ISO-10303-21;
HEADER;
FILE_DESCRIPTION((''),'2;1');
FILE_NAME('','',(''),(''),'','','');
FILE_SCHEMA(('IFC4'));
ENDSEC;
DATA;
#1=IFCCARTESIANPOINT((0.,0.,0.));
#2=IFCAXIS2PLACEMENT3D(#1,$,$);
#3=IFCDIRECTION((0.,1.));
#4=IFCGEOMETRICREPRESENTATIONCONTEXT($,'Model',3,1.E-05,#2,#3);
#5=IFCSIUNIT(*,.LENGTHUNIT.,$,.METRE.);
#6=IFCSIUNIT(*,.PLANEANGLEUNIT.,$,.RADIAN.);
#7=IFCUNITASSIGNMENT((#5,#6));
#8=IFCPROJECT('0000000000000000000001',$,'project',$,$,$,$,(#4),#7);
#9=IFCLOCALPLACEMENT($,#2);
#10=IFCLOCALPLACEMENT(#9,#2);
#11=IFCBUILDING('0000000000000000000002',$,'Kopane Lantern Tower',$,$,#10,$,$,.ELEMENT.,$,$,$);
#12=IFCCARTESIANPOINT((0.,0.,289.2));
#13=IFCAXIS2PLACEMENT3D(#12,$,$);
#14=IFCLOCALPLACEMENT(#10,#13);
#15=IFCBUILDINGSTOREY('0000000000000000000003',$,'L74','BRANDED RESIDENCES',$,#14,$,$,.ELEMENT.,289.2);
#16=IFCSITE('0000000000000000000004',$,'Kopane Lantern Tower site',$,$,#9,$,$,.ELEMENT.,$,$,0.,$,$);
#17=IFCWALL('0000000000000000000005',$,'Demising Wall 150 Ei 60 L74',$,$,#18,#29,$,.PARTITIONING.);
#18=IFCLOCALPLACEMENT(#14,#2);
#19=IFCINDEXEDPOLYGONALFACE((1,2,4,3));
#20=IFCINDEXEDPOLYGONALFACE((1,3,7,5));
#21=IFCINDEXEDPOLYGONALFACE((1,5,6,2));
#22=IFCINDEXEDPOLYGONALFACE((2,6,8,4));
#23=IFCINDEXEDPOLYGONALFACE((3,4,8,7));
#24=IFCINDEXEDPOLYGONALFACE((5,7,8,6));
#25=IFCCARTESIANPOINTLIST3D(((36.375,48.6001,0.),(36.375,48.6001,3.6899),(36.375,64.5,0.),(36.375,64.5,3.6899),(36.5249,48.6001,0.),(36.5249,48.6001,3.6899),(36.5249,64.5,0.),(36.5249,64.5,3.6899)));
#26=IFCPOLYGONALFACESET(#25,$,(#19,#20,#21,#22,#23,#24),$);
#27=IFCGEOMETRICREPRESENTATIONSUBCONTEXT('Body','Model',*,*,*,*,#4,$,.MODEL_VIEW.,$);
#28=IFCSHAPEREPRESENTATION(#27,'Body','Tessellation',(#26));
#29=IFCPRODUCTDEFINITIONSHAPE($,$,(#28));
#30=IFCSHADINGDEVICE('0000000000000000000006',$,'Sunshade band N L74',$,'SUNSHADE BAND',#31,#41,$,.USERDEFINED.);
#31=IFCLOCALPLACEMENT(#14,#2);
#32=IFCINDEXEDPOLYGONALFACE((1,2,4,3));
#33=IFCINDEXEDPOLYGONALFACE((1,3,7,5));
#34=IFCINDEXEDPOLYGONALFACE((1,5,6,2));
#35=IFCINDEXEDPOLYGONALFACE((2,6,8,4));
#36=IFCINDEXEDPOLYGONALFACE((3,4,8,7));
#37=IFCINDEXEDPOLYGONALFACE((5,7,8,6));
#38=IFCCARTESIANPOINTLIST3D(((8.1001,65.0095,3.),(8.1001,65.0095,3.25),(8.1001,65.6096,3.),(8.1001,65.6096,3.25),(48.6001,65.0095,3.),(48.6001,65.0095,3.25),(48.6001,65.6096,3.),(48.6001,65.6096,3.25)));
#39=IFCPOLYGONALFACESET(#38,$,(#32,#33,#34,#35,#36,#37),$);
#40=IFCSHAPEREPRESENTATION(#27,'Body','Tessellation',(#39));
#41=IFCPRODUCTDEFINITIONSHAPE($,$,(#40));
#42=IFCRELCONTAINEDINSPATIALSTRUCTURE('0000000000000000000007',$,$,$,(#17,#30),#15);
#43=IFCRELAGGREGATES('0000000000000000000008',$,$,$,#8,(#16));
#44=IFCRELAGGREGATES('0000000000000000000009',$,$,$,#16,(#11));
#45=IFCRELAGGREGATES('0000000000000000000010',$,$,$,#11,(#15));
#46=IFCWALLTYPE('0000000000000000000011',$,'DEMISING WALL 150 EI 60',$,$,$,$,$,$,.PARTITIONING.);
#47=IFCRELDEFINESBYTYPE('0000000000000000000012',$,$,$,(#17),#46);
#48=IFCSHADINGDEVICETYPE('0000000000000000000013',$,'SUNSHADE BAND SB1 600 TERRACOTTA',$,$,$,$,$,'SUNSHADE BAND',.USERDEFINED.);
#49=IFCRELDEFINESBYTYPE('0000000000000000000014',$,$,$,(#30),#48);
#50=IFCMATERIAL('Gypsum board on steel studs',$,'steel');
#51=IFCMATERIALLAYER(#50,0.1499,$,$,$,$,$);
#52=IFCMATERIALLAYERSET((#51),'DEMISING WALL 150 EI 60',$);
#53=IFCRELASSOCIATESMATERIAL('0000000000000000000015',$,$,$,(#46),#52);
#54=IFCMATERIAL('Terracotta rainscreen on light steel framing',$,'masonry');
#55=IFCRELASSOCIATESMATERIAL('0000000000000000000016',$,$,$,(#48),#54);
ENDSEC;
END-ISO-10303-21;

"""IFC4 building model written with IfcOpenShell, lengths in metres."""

from ifc_helpers import new_model, si_unit, direction, frame, frame_2d, origin, origin_2d, place, context, subcontext, project, spatial, rectangle, extrude, material, layer, layer_set, type_object, element, save


model = new_model("IFC4")

# Units and contexts
model_context = context("Model", 3, precision=1e-05, world=origin(), true_north=direction((0.0, 1.0)))
body_context = subcontext(model_context, "Body", "Model", "MODEL_VIEW")
ifc_project = project(units=[si_unit("LENGTHUNIT", "METRE"), si_unit("PLANEANGLEUNIT", "RADIAN")], contexts=[model_context])

# Site, building, storey
site_placement = place(None, origin())
site = spatial("IfcSite", under=ifc_project, at=site_placement, Name="Kopane Lantern Tower site", CompositionType="ELEMENT", RefElevation=0.0)
building_placement = place(site_placement, origin())
building = spatial("IfcBuilding", under=site, at=building_placement, Name="Kopane Lantern Tower", CompositionType="ELEMENT")
storey_placement = place(building_placement, frame((0.0, 0.0, 289.2)))
storey = spatial("IfcBuildingStorey", under=building, at=storey_placement, Name="L74", Description="BRANDED RESIDENCES", CompositionType="ELEMENT", Elevation=289.2)

# Wall
ifc_material_1 = material(Name="Gypsum board on steel studs", Category="steel")
ifc_layer_1 = layer(ifc_material_1, 0.1499)
ifc_layer_set_1 = layer_set([ifc_layer_1], Name="DEMISING WALL 150 EI 60")
wall_type_1 = type_object("IfcWallType", Name="DEMISING WALL 150 EI 60", PredefinedType="PARTITIONING", material=ifc_layer_set_1)
wall_1_placement = place(storey_placement, frame((36.45, 64.5, 0.0), z_axis=(0.0, 0.0, 1.0), x_axis=(0.0, -1.0, 0.0)))
element("IfcWall", 1, at=wall_1_placement, inside=storey, type_object=wall_type_1, Name="Demising Wall 150 Ei 60 L74", PredefinedType="PARTITIONING", context=body_context, shape_type="SweptSolid", body=[
    extrude(rectangle(XDim=15.8999, YDim=0.1499, at=frame_2d((7.95, 0.0))), origin(), (0.0, 0.0, 1.0), 3.6899),
])

# Shading device
ifc_material_2 = material(Name="Terracotta rainscreen on light steel framing", Category="masonry")
shading_device_type = type_object("IfcShadingDeviceType", Name="SUNSHADE BAND SB1 600 TERRACOTTA", ElementType="SUNSHADE BAND", PredefinedType="USERDEFINED", material=ifc_material_2)
shading_device_placement = place(storey_placement, frame((28.3501, 65.3096, 3.0), z_axis=(0.0, 0.0, 1.0), x_axis=(-1.0, 0.0, 0.0)))
element("IfcShadingDevice", 2, at=shading_device_placement, inside=storey, type_object=shading_device_type, Name="Sunshade band N L74", ObjectType="SUNSHADE BAND", PredefinedType="USERDEFINED", context=body_context, shape_type="SweptSolid", body=[
    extrude(rectangle(XDim=40.5, YDim=0.6001, at=origin_2d()), origin(), (0.0, 0.0, 1.0), 0.25),
])

save(model, "model.ifc")
